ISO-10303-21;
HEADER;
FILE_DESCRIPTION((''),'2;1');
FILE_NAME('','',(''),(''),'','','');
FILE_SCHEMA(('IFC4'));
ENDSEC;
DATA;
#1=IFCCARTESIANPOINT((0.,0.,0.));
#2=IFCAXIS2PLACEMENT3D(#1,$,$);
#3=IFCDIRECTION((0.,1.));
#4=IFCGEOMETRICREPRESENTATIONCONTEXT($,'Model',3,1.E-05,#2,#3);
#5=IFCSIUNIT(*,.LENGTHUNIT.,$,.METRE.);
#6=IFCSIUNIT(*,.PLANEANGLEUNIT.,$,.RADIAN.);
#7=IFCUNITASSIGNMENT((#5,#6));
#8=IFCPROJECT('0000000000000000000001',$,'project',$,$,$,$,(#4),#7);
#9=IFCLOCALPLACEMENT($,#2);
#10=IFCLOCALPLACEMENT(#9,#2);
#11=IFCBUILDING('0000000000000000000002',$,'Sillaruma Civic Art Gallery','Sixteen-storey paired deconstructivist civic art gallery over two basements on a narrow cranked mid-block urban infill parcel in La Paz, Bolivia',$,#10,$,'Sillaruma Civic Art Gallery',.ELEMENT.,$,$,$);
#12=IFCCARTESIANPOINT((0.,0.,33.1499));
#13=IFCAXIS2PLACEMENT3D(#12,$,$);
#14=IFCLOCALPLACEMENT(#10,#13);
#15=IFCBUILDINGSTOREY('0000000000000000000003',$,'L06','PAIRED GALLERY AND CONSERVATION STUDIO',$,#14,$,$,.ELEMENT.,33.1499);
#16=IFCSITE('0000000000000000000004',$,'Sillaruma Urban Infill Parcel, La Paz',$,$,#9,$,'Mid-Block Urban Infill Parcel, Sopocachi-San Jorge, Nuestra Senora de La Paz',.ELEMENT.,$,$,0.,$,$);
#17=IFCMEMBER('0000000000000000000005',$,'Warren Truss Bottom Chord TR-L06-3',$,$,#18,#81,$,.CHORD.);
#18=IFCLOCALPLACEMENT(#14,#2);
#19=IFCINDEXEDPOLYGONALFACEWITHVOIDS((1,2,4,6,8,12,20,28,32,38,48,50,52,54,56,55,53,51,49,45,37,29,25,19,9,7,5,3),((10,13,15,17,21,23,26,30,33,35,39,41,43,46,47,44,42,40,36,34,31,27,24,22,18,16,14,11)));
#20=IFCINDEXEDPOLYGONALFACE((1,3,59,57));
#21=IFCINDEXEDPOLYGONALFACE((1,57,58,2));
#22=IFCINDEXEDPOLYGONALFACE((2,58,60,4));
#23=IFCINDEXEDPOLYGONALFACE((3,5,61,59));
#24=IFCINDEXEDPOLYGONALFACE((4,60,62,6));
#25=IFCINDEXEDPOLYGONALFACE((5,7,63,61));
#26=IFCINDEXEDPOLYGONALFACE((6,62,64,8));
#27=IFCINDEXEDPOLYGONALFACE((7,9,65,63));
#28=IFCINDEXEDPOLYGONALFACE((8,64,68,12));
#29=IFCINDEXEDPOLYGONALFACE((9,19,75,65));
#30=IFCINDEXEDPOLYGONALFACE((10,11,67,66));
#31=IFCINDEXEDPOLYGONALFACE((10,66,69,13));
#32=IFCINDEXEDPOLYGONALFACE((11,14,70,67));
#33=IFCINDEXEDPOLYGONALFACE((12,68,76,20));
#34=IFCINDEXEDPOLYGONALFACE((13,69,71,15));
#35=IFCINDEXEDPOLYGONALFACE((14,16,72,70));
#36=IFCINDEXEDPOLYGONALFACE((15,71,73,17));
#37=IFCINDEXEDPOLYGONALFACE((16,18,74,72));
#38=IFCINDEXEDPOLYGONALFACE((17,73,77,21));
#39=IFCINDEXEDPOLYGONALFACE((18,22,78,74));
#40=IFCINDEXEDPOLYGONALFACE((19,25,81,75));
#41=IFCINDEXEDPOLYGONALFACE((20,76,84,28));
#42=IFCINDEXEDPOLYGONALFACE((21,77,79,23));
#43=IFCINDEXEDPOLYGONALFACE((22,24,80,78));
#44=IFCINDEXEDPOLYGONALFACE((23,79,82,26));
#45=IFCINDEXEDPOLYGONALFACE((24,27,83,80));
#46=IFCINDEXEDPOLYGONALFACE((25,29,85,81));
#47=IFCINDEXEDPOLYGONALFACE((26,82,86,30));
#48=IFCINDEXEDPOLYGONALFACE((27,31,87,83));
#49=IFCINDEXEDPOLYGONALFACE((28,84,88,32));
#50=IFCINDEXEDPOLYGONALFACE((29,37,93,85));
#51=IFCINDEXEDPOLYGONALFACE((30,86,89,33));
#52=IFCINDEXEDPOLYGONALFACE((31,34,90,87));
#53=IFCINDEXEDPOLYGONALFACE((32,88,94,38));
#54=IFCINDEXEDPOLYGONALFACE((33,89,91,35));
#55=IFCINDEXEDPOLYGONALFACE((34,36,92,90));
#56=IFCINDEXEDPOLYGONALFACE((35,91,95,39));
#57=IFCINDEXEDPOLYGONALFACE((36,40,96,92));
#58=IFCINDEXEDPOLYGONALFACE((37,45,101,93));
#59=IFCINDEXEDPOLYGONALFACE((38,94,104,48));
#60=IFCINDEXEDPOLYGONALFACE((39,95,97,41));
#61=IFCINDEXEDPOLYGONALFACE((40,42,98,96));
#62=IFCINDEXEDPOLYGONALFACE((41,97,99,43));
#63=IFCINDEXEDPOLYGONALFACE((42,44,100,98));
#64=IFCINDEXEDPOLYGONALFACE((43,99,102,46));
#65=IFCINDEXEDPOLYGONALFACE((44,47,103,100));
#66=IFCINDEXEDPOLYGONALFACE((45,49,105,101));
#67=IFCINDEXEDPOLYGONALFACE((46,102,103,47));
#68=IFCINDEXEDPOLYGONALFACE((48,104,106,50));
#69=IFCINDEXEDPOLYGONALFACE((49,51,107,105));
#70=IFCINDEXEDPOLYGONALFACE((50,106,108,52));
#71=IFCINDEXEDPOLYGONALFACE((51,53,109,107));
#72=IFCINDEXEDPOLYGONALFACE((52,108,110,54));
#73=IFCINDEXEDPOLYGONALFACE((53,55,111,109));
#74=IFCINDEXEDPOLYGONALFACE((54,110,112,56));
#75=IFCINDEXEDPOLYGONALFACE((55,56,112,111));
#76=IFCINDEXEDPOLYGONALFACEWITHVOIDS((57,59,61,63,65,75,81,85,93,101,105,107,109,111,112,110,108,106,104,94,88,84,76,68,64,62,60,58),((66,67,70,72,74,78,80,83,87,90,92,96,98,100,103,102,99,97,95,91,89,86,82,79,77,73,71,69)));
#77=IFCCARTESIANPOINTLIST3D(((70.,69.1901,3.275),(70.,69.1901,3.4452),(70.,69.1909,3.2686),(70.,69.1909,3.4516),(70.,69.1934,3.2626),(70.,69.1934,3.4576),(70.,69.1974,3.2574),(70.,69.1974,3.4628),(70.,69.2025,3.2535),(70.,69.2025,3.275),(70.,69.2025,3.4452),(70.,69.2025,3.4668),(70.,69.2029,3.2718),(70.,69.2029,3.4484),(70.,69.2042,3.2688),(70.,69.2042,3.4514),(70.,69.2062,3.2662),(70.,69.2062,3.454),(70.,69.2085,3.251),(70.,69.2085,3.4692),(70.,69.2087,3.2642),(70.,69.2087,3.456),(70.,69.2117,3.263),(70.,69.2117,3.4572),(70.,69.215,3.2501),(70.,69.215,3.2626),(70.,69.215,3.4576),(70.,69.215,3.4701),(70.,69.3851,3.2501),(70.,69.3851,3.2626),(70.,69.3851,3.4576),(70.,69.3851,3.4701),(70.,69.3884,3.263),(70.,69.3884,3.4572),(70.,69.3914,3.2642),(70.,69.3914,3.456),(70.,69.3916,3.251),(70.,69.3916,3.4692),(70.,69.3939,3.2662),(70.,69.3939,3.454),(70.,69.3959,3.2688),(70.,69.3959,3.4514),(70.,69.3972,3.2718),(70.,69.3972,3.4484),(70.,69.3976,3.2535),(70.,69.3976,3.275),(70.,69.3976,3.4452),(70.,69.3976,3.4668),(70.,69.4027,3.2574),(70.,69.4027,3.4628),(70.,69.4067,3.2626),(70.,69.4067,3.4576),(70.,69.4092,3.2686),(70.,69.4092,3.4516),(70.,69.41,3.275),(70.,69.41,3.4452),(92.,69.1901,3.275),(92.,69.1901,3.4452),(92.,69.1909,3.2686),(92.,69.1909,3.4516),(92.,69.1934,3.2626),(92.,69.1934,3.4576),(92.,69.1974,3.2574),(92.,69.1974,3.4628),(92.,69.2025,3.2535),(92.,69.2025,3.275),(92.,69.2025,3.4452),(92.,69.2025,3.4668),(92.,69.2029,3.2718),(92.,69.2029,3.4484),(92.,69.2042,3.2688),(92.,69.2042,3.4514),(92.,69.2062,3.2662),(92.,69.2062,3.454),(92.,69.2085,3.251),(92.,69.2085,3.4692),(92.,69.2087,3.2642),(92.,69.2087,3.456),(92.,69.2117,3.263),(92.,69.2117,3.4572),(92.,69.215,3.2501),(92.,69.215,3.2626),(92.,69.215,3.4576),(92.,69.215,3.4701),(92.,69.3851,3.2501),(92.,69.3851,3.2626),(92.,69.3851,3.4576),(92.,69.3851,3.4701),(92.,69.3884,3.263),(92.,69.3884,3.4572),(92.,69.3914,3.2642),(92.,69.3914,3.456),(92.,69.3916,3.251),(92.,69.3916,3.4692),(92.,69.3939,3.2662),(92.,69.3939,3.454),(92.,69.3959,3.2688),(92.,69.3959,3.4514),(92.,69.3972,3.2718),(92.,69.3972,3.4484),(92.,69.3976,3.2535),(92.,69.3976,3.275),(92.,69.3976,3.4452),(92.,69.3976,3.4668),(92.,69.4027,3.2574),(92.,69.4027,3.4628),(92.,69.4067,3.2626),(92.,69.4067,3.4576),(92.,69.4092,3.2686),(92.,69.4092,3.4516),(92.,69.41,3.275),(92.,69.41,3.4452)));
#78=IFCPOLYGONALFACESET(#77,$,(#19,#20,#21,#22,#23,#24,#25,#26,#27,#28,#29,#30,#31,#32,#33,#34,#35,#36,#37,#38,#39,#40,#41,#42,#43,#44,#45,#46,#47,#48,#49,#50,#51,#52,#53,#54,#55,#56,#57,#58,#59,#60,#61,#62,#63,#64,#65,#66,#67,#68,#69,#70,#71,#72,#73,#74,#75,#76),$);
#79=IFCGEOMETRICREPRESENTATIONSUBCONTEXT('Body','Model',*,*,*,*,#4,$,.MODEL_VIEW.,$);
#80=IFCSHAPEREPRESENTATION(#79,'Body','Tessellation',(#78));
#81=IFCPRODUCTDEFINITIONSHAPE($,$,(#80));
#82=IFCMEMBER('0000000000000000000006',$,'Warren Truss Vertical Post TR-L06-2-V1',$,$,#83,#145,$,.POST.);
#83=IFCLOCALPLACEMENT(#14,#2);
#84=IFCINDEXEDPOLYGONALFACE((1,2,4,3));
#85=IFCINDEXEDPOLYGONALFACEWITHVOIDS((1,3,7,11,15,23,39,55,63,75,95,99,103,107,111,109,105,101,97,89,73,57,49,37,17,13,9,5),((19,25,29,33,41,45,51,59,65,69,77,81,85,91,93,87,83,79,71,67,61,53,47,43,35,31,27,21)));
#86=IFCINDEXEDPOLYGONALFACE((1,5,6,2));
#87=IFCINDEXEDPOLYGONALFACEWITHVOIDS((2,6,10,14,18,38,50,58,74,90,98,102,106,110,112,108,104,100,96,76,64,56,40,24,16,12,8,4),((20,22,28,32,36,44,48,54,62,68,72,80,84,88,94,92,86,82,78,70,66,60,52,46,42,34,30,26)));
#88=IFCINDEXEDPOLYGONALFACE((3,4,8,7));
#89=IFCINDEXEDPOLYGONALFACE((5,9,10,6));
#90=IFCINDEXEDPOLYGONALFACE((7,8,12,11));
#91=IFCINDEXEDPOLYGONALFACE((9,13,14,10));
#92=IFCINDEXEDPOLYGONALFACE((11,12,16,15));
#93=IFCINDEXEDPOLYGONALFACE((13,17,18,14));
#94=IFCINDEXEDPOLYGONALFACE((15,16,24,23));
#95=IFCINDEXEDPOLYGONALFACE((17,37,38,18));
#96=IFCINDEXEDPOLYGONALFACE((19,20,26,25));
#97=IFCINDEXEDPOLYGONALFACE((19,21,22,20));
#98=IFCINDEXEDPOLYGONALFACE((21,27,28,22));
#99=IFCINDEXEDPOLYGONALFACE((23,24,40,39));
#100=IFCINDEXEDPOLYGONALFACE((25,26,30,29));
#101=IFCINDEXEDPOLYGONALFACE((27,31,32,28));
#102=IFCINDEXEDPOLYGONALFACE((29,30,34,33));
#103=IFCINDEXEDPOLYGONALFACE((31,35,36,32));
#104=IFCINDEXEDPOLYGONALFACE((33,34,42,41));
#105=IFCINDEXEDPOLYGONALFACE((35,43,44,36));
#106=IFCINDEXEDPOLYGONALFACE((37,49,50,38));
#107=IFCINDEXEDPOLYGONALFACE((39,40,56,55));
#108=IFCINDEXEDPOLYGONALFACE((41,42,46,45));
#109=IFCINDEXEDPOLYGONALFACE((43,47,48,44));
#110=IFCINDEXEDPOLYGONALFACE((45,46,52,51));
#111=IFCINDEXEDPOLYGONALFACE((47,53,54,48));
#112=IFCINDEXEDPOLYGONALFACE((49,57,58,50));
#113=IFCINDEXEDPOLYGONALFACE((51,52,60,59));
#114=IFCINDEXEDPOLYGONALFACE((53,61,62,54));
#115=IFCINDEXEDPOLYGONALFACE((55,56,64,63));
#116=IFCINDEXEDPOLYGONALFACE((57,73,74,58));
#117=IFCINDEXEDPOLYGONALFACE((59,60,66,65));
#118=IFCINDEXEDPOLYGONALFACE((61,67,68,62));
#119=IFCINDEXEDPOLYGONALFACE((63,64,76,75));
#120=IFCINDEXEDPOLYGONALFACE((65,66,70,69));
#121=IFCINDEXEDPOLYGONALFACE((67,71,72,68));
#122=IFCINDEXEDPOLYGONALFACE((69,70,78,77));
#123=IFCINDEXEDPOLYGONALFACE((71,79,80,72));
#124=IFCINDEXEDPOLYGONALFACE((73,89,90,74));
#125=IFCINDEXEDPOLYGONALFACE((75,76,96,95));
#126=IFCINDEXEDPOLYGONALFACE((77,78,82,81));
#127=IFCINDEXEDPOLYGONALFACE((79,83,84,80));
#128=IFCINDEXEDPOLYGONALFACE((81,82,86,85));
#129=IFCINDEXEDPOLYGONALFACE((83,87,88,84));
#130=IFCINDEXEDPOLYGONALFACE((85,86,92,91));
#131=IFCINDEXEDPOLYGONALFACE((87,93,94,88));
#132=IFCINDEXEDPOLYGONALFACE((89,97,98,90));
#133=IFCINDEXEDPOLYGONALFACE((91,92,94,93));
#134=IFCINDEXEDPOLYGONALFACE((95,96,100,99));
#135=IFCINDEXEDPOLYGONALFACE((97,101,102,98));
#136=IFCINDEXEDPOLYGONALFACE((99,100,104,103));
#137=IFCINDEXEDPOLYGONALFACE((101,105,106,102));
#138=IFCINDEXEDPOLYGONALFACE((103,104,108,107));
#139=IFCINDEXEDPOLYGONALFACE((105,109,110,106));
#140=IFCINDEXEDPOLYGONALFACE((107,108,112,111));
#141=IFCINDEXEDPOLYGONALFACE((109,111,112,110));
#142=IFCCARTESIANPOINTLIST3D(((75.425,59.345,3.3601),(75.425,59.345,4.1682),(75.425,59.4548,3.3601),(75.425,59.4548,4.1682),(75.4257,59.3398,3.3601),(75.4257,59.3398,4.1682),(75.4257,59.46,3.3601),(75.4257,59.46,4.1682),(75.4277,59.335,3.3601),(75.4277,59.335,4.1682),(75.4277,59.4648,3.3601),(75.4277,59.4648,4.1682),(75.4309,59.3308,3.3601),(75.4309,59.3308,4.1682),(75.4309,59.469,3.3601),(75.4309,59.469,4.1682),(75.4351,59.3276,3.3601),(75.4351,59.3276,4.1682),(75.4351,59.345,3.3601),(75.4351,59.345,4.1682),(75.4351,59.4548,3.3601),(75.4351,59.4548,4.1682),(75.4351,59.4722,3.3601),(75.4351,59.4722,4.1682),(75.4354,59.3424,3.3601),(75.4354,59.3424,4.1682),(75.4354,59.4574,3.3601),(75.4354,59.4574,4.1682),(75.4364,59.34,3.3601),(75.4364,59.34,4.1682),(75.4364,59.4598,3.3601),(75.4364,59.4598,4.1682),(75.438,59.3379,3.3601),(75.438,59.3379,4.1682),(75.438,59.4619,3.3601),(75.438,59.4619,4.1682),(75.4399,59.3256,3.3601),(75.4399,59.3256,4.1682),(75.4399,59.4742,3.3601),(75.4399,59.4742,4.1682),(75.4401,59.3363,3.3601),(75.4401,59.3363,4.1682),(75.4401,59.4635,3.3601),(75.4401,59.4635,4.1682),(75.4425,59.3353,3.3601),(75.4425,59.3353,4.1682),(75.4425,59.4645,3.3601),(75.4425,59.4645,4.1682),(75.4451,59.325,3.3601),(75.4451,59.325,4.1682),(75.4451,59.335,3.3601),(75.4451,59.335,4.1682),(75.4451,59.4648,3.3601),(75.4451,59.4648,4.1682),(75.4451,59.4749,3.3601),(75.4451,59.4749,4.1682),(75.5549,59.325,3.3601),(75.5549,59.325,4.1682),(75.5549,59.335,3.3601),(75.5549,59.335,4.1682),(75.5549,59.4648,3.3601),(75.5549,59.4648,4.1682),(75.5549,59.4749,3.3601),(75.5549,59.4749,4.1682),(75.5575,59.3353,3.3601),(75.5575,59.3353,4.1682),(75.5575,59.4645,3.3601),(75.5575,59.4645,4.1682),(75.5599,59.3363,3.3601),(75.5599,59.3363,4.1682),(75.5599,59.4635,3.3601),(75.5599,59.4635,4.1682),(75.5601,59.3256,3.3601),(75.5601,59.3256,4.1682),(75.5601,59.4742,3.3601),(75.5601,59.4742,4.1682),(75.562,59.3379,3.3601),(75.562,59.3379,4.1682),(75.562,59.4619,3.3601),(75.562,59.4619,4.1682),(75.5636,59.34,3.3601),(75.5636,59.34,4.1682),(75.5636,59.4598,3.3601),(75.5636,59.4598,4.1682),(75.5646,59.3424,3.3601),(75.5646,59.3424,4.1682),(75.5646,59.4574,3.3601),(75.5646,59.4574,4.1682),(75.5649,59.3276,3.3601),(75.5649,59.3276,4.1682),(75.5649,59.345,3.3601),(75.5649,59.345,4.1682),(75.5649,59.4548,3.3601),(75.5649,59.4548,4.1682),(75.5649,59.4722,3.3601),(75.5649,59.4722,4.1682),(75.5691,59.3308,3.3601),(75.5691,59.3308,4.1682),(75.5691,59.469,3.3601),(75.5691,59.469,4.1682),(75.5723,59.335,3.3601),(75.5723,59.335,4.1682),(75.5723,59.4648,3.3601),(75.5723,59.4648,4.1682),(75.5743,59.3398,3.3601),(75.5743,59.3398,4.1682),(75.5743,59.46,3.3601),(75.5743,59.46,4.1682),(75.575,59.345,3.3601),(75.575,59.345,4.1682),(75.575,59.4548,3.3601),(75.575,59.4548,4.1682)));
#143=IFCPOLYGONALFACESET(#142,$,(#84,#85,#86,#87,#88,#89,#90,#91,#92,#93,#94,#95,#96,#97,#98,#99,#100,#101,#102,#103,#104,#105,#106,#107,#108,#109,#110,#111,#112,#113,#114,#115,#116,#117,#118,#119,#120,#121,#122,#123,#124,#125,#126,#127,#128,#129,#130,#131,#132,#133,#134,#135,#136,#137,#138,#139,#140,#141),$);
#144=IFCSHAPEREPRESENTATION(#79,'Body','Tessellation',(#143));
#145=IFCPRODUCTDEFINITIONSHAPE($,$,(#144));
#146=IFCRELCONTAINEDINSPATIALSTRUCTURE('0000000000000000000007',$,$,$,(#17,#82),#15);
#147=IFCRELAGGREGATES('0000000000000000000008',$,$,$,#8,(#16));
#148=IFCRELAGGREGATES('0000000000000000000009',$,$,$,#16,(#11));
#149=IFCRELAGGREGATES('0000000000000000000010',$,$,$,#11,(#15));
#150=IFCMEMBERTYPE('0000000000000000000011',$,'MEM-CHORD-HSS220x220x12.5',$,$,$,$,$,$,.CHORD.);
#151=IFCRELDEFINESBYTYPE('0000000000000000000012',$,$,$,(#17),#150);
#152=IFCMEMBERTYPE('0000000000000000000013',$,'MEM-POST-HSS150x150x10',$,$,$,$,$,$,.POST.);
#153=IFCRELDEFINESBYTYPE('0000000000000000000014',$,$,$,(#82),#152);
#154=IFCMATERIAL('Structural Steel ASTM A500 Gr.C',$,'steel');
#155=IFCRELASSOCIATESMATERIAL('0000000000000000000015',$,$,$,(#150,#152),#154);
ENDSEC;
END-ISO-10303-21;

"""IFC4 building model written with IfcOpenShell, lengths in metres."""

from ifc_helpers import new_model, si_unit, direction, frame, origin, origin_2d, place, context, subcontext, project, spatial, hollow_rectangle, extrude, material, material_profile, profile_set, type_object, element, save


model = new_model("IFC4")

# Units and contexts
model_context = context("Model", 3, precision=1e-05, world=origin(), true_north=direction((0.0, 1.0)))
body_context = subcontext(model_context, "Body", "Model", "MODEL_VIEW")
ifc_project = project(units=[si_unit("LENGTHUNIT", "METRE"), si_unit("PLANEANGLEUNIT", "RADIAN")], contexts=[model_context])

# Site, building, storey
site_placement = place(None, origin())
site = spatial("IfcSite", under=ifc_project, at=site_placement, Name="Sillaruma Urban Infill Parcel, La Paz", LongName="Mid-Block Urban Infill Parcel, Sopocachi-San Jorge, Nuestra Senora de La Paz", CompositionType="ELEMENT", RefElevation=0.0)
building_placement = place(site_placement, origin())
building = spatial("IfcBuilding", under=site, at=building_placement, Name="Sillaruma Civic Art Gallery", Description="Sixteen-storey paired deconstructivist civic art gallery over two basements on a narrow cranked mid-block urban infill parcel in La Paz, Bolivia", LongName="Sillaruma Civic Art Gallery", CompositionType="ELEMENT")
storey_placement = place(building_placement, frame((0.0, 0.0, 33.1499)))
storey = spatial("IfcBuildingStorey", under=building, at=storey_placement, Name="L06", Description="PAIRED GALLERY AND CONSERVATION STUDIO", CompositionType="ELEMENT", Elevation=33.1499)

# Shared definitions
ifc_material_1 = material(Name="Structural Steel ASTM A500 Gr.C", Category="steel")

# Members
ifc_material_profile_1 = material_profile(ifc_material_1, hollow_rectangle(XDim=0.22, YDim=0.22, WallThickness=0.0125, InnerFilletRadius=0.0125, OuterFilletRadius=0.0249, at=origin_2d()), Name="HSS220x220x12.5")
ifc_profile_set_1 = profile_set([ifc_material_profile_1], Name="Structural Steel ASTM A500 Gr.C")
member_type_1 = type_object("IfcMemberType", Name="MEM-CHORD-HSS220x220x12.5", PredefinedType="CHORD", material=ifc_profile_set_1)
member_placement = place(storey_placement, frame((70.0, 69.3, 3.3601), z_axis=(1.0, 0.0, 0.0), x_axis=(0.0, 1.0, 0.0)))
element("IfcMember", 1, at=member_placement, inside=storey, type_object=member_type_1, Name="Warren Truss Bottom Chord TR-L06-3", PredefinedType="CHORD", context=body_context, shape_type="SweptSolid", body=[
    extrude(hollow_rectangle(XDim=0.22, YDim=0.22, WallThickness=0.0125, InnerFilletRadius=0.0125, OuterFilletRadius=0.0249, at=origin_2d()), origin(), (0.0, 0.0, 1.0), 22.0),
])
ifc_material_profile_2 = material_profile(ifc_material_1, hollow_rectangle(XDim=0.1499, YDim=0.1499, WallThickness=0.01, InnerFilletRadius=0.01, OuterFilletRadius=0.02, at=origin_2d()), Name="HSS150x150x10")
ifc_profile_set_2 = profile_set([ifc_material_profile_2], Name="Structural Steel ASTM A500 Gr.C")
member_type_2 = type_object("IfcMemberType", Name="MEM-POST-HSS150x150x10", PredefinedType="POST", material=ifc_profile_set_2)
for number, where, z_axis, x_axis, name in (
    (2, (75.5, 59.3999, 3.3601), (0.0, 0.0, 1.0), (1.0, 0.0, 0.0), "Warren Truss Vertical Post TR-L06-2-V1"),
):
    element("IfcMember", number, at=place(storey_placement, frame(where, z_axis=z_axis, x_axis=x_axis)), inside=storey, type_object=member_type_2, Name=name, PredefinedType="POST", context=body_context, shape_type="SweptSolid", body=[
        extrude(hollow_rectangle(XDim=0.1499, YDim=0.1499, WallThickness=0.01, InnerFilletRadius=0.01, OuterFilletRadius=0.02, at=origin_2d()), origin(), (0.0, 0.0, 1.0), 0.8081),
    ])

save(model, "model.ifc")
